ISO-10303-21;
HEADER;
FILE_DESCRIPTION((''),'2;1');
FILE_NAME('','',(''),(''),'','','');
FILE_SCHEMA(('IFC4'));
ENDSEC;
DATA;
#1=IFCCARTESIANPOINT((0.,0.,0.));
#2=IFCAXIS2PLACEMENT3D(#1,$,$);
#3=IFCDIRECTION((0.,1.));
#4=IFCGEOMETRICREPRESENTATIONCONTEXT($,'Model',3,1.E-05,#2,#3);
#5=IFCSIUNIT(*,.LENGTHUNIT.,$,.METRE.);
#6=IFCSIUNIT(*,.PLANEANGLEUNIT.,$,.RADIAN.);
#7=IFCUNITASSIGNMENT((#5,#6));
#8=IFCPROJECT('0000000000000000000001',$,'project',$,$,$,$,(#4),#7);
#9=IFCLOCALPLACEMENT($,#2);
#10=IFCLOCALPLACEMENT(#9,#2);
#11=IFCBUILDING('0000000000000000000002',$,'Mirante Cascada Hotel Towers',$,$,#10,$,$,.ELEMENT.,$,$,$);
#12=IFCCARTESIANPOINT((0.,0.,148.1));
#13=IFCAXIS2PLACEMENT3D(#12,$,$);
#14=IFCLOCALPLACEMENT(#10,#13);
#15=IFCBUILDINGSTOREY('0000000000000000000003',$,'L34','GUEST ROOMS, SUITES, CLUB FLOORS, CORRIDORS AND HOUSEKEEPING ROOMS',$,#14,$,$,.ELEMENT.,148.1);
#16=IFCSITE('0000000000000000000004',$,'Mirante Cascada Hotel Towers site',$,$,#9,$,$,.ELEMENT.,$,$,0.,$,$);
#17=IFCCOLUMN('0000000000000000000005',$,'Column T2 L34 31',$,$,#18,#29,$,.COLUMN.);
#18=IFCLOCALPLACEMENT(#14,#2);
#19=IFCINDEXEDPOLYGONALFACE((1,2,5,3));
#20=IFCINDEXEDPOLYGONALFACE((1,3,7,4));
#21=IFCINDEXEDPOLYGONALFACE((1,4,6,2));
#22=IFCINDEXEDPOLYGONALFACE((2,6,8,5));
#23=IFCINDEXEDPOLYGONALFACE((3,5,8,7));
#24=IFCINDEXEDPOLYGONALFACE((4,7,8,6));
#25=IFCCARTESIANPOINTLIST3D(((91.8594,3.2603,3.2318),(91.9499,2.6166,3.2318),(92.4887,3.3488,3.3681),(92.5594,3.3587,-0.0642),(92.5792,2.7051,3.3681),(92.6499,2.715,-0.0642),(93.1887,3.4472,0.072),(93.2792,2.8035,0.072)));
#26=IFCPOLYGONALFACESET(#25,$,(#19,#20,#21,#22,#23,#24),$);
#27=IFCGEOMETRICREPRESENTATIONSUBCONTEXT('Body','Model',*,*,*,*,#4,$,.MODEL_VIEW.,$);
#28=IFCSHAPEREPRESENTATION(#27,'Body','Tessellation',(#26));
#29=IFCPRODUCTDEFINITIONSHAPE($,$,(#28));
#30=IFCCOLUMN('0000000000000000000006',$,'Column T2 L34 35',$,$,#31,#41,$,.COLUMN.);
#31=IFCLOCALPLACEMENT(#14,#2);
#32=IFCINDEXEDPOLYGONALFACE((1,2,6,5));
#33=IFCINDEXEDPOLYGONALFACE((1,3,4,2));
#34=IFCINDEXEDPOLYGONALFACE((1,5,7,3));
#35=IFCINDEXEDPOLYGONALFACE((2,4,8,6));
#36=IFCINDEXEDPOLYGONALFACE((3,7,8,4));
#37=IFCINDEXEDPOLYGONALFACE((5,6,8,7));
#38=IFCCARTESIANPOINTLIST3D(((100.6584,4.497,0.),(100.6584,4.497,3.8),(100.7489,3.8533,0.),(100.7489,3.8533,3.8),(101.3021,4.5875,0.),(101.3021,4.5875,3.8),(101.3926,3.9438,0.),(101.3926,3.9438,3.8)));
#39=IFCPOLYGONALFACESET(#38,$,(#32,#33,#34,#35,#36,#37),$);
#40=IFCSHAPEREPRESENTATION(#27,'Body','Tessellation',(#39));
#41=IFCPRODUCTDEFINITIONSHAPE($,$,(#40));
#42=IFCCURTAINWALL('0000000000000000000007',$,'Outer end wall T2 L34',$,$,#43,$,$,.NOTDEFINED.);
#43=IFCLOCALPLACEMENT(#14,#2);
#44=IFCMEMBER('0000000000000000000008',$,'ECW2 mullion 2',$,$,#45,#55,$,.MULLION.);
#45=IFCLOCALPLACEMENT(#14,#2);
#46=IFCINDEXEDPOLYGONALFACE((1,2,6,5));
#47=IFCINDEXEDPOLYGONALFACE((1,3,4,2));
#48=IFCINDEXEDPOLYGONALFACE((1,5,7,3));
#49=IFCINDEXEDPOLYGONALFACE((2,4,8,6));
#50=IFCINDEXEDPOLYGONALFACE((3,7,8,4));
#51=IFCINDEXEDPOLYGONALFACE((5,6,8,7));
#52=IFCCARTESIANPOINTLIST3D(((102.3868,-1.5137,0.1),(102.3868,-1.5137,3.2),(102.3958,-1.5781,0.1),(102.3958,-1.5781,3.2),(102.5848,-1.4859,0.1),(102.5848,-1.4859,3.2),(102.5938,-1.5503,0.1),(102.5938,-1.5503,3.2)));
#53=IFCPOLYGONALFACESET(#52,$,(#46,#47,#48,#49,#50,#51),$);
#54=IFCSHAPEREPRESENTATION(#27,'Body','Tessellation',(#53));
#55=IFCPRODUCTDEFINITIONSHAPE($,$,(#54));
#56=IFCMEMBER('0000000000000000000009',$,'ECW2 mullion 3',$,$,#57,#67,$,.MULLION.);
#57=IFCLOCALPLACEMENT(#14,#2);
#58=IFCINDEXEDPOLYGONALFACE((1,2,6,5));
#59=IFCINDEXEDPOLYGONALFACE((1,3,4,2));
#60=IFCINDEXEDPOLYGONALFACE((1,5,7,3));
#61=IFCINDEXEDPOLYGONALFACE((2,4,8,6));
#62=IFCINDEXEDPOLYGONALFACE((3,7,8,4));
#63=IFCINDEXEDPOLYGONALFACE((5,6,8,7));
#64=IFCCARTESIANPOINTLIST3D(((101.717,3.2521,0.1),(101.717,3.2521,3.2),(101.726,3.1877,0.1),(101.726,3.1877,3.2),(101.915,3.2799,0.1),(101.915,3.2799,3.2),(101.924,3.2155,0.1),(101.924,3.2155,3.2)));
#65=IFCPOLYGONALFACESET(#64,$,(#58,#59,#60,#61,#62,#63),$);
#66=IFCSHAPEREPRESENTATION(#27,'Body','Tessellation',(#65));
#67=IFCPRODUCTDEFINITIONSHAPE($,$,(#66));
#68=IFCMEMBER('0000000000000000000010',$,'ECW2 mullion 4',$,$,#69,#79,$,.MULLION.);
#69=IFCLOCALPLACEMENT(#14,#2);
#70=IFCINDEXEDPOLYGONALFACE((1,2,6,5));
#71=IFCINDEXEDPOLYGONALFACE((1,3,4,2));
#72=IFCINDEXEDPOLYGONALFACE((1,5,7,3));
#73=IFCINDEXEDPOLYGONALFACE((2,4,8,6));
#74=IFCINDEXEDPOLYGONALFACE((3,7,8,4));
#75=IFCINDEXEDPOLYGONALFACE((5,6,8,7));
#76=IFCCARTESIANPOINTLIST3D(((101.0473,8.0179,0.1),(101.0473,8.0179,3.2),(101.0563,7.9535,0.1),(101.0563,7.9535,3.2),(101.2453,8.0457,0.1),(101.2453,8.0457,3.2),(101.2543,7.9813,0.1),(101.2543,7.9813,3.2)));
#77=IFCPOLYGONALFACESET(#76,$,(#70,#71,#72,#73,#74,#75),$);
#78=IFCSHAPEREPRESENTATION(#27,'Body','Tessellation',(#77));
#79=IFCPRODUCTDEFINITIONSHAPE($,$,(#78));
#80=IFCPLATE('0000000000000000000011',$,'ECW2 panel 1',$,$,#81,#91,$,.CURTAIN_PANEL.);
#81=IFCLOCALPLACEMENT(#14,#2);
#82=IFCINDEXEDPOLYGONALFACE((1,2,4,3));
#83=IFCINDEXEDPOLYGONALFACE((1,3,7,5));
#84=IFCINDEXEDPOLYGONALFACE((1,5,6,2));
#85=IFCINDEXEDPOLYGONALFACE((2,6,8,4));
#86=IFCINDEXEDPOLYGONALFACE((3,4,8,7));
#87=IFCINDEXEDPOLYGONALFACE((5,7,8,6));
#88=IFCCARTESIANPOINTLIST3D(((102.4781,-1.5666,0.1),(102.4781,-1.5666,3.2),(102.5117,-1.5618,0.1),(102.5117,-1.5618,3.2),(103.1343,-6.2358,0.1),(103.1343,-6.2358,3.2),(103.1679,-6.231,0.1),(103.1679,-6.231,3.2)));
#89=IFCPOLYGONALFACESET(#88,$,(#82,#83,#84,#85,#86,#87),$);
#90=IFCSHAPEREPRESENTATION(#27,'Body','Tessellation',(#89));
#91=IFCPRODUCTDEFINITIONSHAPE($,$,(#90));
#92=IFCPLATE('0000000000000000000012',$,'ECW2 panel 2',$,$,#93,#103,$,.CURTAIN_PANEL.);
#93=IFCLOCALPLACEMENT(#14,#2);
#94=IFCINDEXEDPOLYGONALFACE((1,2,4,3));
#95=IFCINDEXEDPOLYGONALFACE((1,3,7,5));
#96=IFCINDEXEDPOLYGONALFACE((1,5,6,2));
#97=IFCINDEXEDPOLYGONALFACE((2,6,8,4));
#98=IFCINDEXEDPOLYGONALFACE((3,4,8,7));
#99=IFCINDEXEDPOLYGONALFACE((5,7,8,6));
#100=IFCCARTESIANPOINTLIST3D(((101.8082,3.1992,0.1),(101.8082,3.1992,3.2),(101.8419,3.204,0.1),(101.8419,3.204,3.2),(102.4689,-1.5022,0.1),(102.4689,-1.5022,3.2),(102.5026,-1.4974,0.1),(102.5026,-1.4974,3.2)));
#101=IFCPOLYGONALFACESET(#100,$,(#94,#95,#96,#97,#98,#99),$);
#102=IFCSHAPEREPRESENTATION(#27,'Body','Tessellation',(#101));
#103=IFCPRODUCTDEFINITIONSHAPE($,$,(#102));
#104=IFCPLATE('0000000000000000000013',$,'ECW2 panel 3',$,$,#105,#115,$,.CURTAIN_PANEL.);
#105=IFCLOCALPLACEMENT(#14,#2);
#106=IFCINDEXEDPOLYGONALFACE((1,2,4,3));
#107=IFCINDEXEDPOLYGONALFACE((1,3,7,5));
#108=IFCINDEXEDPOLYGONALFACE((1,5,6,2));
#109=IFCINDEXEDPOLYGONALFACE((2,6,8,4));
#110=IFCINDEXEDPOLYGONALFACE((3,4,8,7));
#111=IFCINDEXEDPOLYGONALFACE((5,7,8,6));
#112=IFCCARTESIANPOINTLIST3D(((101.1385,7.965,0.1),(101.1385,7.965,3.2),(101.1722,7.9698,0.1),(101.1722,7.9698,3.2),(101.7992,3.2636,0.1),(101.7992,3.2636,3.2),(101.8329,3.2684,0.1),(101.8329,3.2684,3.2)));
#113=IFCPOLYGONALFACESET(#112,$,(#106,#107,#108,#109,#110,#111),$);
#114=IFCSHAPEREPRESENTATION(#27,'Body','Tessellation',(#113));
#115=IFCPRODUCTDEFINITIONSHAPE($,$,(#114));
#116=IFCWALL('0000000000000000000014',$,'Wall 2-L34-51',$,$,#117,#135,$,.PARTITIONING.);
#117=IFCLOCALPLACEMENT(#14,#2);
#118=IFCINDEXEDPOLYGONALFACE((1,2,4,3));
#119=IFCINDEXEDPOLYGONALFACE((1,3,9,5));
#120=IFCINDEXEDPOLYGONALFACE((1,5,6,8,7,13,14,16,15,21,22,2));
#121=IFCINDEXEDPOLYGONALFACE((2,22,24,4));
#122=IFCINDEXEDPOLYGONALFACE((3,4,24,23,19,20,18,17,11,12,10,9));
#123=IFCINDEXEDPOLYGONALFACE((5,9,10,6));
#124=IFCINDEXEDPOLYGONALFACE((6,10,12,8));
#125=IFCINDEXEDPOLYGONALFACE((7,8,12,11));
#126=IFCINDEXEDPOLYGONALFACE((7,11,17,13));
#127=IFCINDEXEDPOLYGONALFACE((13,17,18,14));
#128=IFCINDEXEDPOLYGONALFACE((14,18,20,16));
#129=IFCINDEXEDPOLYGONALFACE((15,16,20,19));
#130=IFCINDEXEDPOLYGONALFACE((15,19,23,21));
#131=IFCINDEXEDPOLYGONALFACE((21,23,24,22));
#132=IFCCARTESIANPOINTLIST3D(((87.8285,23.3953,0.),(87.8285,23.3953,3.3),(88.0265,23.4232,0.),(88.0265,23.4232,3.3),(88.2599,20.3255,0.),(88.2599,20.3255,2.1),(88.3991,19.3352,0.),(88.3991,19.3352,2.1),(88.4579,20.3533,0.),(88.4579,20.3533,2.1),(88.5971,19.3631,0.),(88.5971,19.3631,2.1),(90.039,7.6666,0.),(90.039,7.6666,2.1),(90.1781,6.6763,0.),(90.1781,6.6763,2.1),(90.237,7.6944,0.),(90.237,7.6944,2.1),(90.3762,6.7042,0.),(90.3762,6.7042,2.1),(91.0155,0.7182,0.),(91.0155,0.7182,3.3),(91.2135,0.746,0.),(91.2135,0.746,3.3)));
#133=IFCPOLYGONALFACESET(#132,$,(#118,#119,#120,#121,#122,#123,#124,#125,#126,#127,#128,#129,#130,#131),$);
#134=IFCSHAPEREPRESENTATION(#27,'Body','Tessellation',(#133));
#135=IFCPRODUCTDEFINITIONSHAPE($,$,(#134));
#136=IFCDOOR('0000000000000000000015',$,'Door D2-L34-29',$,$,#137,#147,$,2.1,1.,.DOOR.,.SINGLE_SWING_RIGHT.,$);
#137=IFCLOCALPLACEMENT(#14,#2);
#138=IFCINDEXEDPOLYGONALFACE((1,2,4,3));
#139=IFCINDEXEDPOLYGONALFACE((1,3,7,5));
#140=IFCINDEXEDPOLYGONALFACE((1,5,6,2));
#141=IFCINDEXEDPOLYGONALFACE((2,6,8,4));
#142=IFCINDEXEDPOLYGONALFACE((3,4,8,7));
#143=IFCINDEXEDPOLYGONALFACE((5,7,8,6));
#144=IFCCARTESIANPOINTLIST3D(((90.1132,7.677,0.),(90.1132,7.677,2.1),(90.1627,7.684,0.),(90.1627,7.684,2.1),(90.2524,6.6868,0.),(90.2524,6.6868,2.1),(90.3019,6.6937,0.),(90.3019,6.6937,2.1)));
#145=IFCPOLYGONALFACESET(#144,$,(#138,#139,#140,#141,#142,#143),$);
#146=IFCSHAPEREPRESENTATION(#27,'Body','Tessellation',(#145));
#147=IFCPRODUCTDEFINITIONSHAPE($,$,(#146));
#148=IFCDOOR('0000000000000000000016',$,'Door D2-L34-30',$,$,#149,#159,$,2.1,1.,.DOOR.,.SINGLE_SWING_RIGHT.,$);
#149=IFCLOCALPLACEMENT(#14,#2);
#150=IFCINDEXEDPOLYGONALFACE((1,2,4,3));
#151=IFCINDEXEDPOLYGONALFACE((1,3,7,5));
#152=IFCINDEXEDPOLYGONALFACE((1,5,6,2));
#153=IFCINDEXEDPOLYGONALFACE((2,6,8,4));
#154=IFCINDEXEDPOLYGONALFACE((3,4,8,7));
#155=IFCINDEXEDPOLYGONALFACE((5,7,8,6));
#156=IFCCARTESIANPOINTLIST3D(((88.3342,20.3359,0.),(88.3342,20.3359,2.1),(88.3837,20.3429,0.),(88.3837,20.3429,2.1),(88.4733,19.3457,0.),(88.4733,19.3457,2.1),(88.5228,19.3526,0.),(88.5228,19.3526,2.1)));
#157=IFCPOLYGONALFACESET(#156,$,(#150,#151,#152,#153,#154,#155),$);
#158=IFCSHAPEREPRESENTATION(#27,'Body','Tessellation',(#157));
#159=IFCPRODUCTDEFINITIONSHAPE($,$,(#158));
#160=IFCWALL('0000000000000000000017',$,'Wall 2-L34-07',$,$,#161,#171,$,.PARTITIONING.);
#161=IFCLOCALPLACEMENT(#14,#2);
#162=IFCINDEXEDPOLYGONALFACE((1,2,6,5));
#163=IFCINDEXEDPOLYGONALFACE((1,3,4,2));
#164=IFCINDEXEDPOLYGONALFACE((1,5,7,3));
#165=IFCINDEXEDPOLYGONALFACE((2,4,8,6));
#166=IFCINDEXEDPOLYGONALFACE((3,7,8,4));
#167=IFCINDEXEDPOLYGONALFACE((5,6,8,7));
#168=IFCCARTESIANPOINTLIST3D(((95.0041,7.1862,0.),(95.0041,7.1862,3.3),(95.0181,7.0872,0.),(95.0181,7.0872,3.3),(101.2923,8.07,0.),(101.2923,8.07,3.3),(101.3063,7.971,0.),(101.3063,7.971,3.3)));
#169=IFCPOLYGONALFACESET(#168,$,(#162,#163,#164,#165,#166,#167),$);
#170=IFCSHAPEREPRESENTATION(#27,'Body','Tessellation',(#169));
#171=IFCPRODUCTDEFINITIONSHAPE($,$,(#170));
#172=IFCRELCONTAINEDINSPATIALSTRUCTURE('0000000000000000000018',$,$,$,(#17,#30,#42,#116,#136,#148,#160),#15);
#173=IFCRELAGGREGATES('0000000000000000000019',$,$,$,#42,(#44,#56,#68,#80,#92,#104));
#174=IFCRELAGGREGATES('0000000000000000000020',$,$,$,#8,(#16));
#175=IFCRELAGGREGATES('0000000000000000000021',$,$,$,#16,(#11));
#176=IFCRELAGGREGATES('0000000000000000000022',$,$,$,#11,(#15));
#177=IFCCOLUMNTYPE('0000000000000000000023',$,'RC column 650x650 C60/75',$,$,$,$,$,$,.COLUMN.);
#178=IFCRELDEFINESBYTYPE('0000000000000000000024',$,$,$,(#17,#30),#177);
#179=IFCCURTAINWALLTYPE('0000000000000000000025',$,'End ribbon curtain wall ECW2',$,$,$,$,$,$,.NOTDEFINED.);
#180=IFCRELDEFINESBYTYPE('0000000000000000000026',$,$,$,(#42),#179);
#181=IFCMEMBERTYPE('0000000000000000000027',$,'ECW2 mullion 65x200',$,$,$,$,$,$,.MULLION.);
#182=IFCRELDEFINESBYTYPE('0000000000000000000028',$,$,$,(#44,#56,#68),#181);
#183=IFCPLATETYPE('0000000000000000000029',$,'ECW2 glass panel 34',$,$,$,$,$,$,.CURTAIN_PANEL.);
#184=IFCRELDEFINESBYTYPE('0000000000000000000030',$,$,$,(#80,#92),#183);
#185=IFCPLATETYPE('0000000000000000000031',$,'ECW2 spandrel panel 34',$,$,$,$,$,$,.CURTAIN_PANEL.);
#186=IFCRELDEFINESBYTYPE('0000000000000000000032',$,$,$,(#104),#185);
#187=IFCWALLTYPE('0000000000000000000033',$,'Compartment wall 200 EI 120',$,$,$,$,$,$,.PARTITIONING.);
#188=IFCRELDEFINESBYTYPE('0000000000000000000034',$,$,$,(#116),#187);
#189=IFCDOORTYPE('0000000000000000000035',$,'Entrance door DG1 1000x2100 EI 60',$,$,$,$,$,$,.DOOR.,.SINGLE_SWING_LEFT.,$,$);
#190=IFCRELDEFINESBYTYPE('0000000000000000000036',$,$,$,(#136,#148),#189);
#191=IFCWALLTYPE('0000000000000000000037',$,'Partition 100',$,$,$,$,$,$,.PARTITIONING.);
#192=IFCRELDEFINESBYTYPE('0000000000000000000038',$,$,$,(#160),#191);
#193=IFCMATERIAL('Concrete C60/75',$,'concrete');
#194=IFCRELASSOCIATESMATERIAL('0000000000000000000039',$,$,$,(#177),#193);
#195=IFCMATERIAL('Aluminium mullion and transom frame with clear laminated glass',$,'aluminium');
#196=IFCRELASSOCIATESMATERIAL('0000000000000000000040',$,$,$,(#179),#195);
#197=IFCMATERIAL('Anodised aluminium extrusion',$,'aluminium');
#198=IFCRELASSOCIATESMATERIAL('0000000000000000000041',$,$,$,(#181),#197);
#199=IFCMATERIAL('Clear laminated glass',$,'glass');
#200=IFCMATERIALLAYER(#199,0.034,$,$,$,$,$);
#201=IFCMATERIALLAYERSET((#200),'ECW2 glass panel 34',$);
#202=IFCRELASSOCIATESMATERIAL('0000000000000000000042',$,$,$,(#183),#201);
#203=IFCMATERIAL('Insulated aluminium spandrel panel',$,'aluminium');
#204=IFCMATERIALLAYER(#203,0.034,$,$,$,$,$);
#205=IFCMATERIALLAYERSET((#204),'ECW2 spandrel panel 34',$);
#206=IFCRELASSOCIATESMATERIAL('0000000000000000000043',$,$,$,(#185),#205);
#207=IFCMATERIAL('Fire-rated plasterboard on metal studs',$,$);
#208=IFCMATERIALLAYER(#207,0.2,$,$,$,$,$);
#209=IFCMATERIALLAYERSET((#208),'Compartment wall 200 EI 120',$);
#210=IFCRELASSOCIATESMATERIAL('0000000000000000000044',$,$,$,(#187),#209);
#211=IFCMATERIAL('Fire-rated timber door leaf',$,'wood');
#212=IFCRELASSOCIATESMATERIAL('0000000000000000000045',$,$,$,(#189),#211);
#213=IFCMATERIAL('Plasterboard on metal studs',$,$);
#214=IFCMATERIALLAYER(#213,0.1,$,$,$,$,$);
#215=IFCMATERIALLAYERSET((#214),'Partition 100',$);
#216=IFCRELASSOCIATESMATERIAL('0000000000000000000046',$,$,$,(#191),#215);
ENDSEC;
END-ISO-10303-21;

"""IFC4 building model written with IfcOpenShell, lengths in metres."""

from ifc_helpers import new_model, si_unit, direction, frame, frame_2d, origin, origin_2d, place, context, subcontext, project, spatial, rectangle, extrude, material, layer, layer_set, material_profile, profile_set, type_object, element, fill, aggregate, save


model = new_model("IFC4")

# Units and contexts
model_context = context("Model", 3, precision=1e-05, world=origin(), true_north=direction((0.0, 1.0)))
body_context = subcontext(model_context, "Body", "Model", "MODEL_VIEW")
ifc_project = project(units=[si_unit("LENGTHUNIT", "METRE"), si_unit("PLANEANGLEUNIT", "RADIAN")], contexts=[model_context])

# Site, building, storey
site_placement = place(None, origin())
site = spatial("IfcSite", under=ifc_project, at=site_placement, Name="Mirante Cascada Hotel Towers site", CompositionType="ELEMENT", RefElevation=0.0)
building_placement = place(site_placement, origin())
building = spatial("IfcBuilding", under=site, at=building_placement, Name="Mirante Cascada Hotel Towers", CompositionType="ELEMENT")
storey_placement = place(building_placement, frame((0.0, 0.0, 148.1)))
storey = spatial("IfcBuildingStorey", under=building, at=storey_placement, Name="L34", Description="GUEST ROOMS, SUITES, CLUB FLOORS, CORRIDORS AND HOUSEKEEPING ROOMS", CompositionType="ELEMENT", Elevation=148.1)

# Columns
ifc_material_1 = material(Name="Concrete C60/75", Category="concrete")
ifc_material_profile_1 = material_profile(ifc_material_1, rectangle(XDim=0.65, YDim=0.65, at=origin_2d()), Name="RC column 650x650 C60/75")
ifc_profile_set_1 = profile_set([ifc_material_profile_1], Name="Concrete C60/75")
column_type = type_object("IfcColumnType", Name="RC column 650x650 C60/75", PredefinedType="COLUMN", material=ifc_profile_set_1)
column_1_placement = place(storey_placement, frame((92.9193, 3.0811, 0.0039), z_axis=(-0.207651, -0.02919, 0.977767), x_axis=(0.139203, -0.990264, 0.0)))
element("IfcColumn", 1, at=column_1_placement, inside=storey, type_object=column_type, Name="Column T2 L34 31", PredefinedType="COLUMN", context=body_context, shape_type="SweptSolid", body=[
    extrude(rectangle(XDim=0.65, YDim=0.65, at=origin_2d()), origin(), (0.0, 0.0, 1.0), 3.371),
])
column_2_placement = place(storey_placement, frame((101.0255, 4.2204, 0.0), z_axis=(0.0, 0.0, 1.0), x_axis=(0.990268, 0.139173, 0.0)))
element("IfcColumn", 2, at=column_2_placement, inside=storey, type_object=column_type, Name="Column T2 L34 35", PredefinedType="COLUMN", context=body_context, shape_type="SweptSolid", body=[
    extrude(rectangle(XDim=0.65, YDim=0.65, at=origin_2d()), origin(), (0.0, 0.0, 1.0), 3.8),
])

# Curtain wall, members, plates
ifc_material_2 = material(Name="Aluminium mullion and transom frame with clear laminated glass", Category="aluminium")
curtain_wall_type = type_object("IfcCurtainWallType", Name="End ribbon curtain wall ECW2", PredefinedType="NOTDEFINED", material=ifc_material_2)
curtain_wall_placement = place(storey_placement, origin())
curtain_wall = element("IfcCurtainWall", 3, at=curtain_wall_placement, inside=storey, type_object=curtain_wall_type, Name="Outer end wall T2 L34", PredefinedType="NOTDEFINED")
ifc_material_3 = material(Name="Anodised aluminium extrusion", Category="aluminium")
ifc_material_profile_2 = material_profile(ifc_material_3, rectangle(XDim=0.2, YDim=0.065, at=origin_2d()), Name="ECW2 MULLION 65x200")
ifc_profile_set_2 = profile_set([ifc_material_profile_2], Name="Anodised aluminium extrusion")
member_type = type_object("IfcMemberType", Name="ECW2 mullion 65x200", PredefinedType="MULLION", material=ifc_profile_set_2)
member_1_placement = place(storey_placement, frame((102.4903, -1.532, 0.1), z_axis=(0.0, 0.0, 1.0), x_axis=(-0.990268, -0.139173, 0.0)))
member_1 = element("IfcMember", 4, at=member_1_placement, type_object=member_type, Name="ECW2 mullion 2", PredefinedType="MULLION", context=body_context, shape_type="SweptSolid", body=[
    extrude(rectangle(XDim=0.2, YDim=0.065, at=origin_2d()), origin(), (0.0, 0.0, 1.0), 3.1),
])
member_2_placement = place(storey_placement, frame((101.8205, 3.2338, 0.1), z_axis=(0.0, 0.0, 1.0), x_axis=(-0.990268, -0.139173, 0.0)))
member_2 = element("IfcMember", 5, at=member_2_placement, type_object=member_type, Name="ECW2 mullion 3", PredefinedType="MULLION", context=body_context, shape_type="SweptSolid", body=[
    extrude(rectangle(XDim=0.2, YDim=0.065, at=origin_2d()), origin(), (0.0, 0.0, 1.0), 3.1),
])
member_3_placement = place(storey_placement, frame((101.1508, 7.9996, 0.1), z_axis=(0.0, 0.0, 1.0), x_axis=(-0.990268, -0.139173, 0.0)))
member_3 = element("IfcMember", 6, at=member_3_placement, type_object=member_type, Name="ECW2 mullion 4", PredefinedType="MULLION", context=body_context, shape_type="SweptSolid", body=[
    extrude(rectangle(XDim=0.2, YDim=0.065, at=origin_2d()), origin(), (0.0, 0.0, 1.0), 3.1),
])
ifc_material_4 = material(Name="Clear laminated glass", Category="glass")
ifc_layer_1 = layer(ifc_material_4, 0.034)
ifc_layer_set_1 = layer_set([ifc_layer_1], Name="ECW2 glass panel 34")
plate_type_1 = type_object("IfcPlateType", Name="ECW2 glass panel 34", PredefinedType="CURTAIN_PANEL", material=ifc_layer_set_1)
plate_1_placement = place(storey_placement, frame((102.823, -3.8988, 0.1), z_axis=(0.0, 0.0, 1.0), x_axis=(-0.139173, 0.990268, 0.0)))
plate_1 = element("IfcPlate", 7, at=plate_1_placement, type_object=plate_type_1, Name="ECW2 panel 1", PredefinedType="CURTAIN_PANEL", context=body_context, shape_type="SweptSolid", body=[
    extrude(rectangle(XDim=4.7151, YDim=0.034, at=origin_2d()), origin(), (0.0, 0.0, 1.0), 3.1),
])
plate_2_placement = place(storey_placement, frame((102.1554, 0.8509, 0.1), z_axis=(0.0, 0.0, 1.0), x_axis=(-0.139173, 0.990268, 0.0)))
plate_2 = element("IfcPlate", 8, at=plate_2_placement, type_object=plate_type_1, Name="ECW2 panel 2", PredefinedType="CURTAIN_PANEL", context=body_context, shape_type="SweptSolid", body=[
    extrude(rectangle(XDim=4.7476, YDim=0.034, at=origin_2d()), origin(), (0.0, 0.0, 1.0), 3.1),
])
ifc_material_5 = material(Name="Insulated aluminium spandrel panel", Category="aluminium")
ifc_layer_2 = layer(ifc_material_5, 0.034)
ifc_layer_set_2 = layer_set([ifc_layer_2], Name="ECW2 spandrel panel 34")
plate_type_2 = type_object("IfcPlateType", Name="ECW2 spandrel panel 34", PredefinedType="CURTAIN_PANEL", material=ifc_layer_set_2)
plate_3_placement = place(storey_placement, frame((101.4857, 5.6167, 0.1), z_axis=(0.0, 0.0, 1.0), x_axis=(-0.139173, 0.990268, 0.0)))
plate_3 = element("IfcPlate", 9, at=plate_3_placement, type_object=plate_type_2, Name="ECW2 panel 3", PredefinedType="CURTAIN_PANEL", context=body_context, shape_type="SweptSolid", body=[
    extrude(rectangle(XDim=4.7476, YDim=0.034, at=origin_2d()), origin(), (0.0, 0.0, 1.0), 3.1),
])
aggregate(curtain_wall, [member_1, member_2, member_3, plate_1, plate_2, plate_3])

# Wall, openings, doors
ifc_material_6 = material(Name="Fire-rated plasterboard on metal studs")
ifc_layer_3 = layer(ifc_material_6, 0.2)
ifc_layer_set_3 = layer_set([ifc_layer_3], Name="Compartment wall 200 EI 120")
wall_type_1 = type_object("IfcWallType", Name="Compartment wall 200 EI 120", PredefinedType="PARTITIONING", material=ifc_layer_set_3)
wall_1_placement = place(storey_placement, frame((91.1145, 0.7321, 0.0), z_axis=(0.0, 0.0, 1.0), x_axis=(-0.139171, 0.990268, 0.0)))
wall_1 = element("IfcWall", 10, at=wall_1_placement, inside=storey, type_object=wall_type_1, Name="Wall 2-L34-51", PredefinedType="PARTITIONING", context=body_context, shape_type="SweptSolid", body=[
    extrude(rectangle(XDim=22.9, YDim=0.2, at=frame_2d((11.45, 0.0))), origin(), (0.0, 0.0, 1.0), 3.3),
])
opening_1_placement = place(wall_1_placement, frame((6.0167, 0.0, 0.0)))
opening_1 = element("IfcOpeningElement", 11, at=opening_1_placement, cuts=wall_1, PredefinedType="OPENING", context=body_context, shape_type="SweptSolid", body=[
    extrude(rectangle(XDim=1.0, YDim=2.1, at=frame_2d((0.5, 1.05))), frame((0.0, 0.1, 0.0), z_axis=(0.0, -1.0, 0.0), x_axis=(1.0, 0.0, 0.0)), (0.0, 0.0, 1.0), 0.2),
])
opening_2_placement = place(wall_1_placement, frame((18.8, 0.0, 0.0)))
opening_2 = element("IfcOpeningElement", 12, at=opening_2_placement, cuts=wall_1, PredefinedType="OPENING", context=body_context, shape_type="SweptSolid", body=[
    extrude(rectangle(XDim=1.0, YDim=2.1, at=frame_2d((0.5, 1.05))), frame((0.0, 0.1, 0.0), z_axis=(0.0, -1.0, 0.0), x_axis=(1.0, 0.0, 0.0)), (0.0, 0.0, 1.0), 0.2),
])
ifc_material_7 = material(Name="Fire-rated timber door leaf", Category="wood")
door_type_1 = type_object("IfcDoorType", Name="Entrance door DG1 1000x2100 EI 60", OperationType="SINGLE_SWING_LEFT", PredefinedType="DOOR", material=ifc_material_7)
door_1_placement = place(opening_1_placement, frame((1.0, 0.0, 0.0), z_axis=(0.0, 0.0, 1.0), x_axis=(-1.0, 0.0, 0.0)))
door_1 = element("IfcDoor", 13, at=door_1_placement, inside=storey, type_object=door_type_1, Name="Door D2-L34-29", OperationType="SINGLE_SWING_RIGHT", OverallHeight=2.1, OverallWidth=1.0, PredefinedType="DOOR", context=body_context, shape_type="SweptSolid", body=[
    extrude(rectangle(XDim=1.0, YDim=2.1, at=frame_2d((0.5, 1.05))), frame((0.0, 0.025, 0.0), z_axis=(0.0, -1.0, 0.0), x_axis=(1.0, 0.0, 0.0)), (0.0, 0.0, 1.0), 0.05),
])
fill(opening_1, door_1)
door_2_placement = place(opening_2_placement, frame((1.0, 0.0, 0.0), z_axis=(0.0, 0.0, 1.0), x_axis=(-1.0, 0.0, 0.0)))
door_2 = element("IfcDoor", 14, at=door_2_placement, inside=storey, type_object=door_type_1, Name="Door D2-L34-30", OperationType="SINGLE_SWING_RIGHT", OverallHeight=2.1, OverallWidth=1.0, PredefinedType="DOOR", context=body_context, shape_type="SweptSolid", body=[
    extrude(rectangle(XDim=1.0, YDim=2.1, at=frame_2d((0.5, 1.05))), frame((0.0, 0.025, 0.0), z_axis=(0.0, -1.0, 0.0), x_axis=(1.0, 0.0, 0.0)), (0.0, 0.0, 1.0), 0.05),
])
fill(opening_2, door_2)

# Wall
ifc_material_8 = material(Name="Plasterboard on metal studs")
ifc_layer_4 = layer(ifc_material_8, 0.1)
ifc_layer_set_4 = layer_set([ifc_layer_4], Name="Partition 100")
wall_type_2 = type_object("IfcWallType", Name="Partition 100", PredefinedType="PARTITIONING", material=ifc_layer_set_4)
wall_2_placement = place(storey_placement, frame((95.0111, 7.1367, 0.0), z_axis=(0.0, 0.0, 1.0), x_axis=(0.990267, 0.139181, 0.0)))
element("IfcWall", 15, at=wall_2_placement, inside=storey, type_object=wall_type_2, Name="Wall 2-L34-07", PredefinedType="PARTITIONING", context=body_context, shape_type="SweptSolid", body=[
    extrude(rectangle(XDim=6.35, YDim=0.1, at=frame_2d((3.175, 0.0))), origin(), (0.0, 0.0, 1.0), 3.3),
])

save(model, "model.ifc")
